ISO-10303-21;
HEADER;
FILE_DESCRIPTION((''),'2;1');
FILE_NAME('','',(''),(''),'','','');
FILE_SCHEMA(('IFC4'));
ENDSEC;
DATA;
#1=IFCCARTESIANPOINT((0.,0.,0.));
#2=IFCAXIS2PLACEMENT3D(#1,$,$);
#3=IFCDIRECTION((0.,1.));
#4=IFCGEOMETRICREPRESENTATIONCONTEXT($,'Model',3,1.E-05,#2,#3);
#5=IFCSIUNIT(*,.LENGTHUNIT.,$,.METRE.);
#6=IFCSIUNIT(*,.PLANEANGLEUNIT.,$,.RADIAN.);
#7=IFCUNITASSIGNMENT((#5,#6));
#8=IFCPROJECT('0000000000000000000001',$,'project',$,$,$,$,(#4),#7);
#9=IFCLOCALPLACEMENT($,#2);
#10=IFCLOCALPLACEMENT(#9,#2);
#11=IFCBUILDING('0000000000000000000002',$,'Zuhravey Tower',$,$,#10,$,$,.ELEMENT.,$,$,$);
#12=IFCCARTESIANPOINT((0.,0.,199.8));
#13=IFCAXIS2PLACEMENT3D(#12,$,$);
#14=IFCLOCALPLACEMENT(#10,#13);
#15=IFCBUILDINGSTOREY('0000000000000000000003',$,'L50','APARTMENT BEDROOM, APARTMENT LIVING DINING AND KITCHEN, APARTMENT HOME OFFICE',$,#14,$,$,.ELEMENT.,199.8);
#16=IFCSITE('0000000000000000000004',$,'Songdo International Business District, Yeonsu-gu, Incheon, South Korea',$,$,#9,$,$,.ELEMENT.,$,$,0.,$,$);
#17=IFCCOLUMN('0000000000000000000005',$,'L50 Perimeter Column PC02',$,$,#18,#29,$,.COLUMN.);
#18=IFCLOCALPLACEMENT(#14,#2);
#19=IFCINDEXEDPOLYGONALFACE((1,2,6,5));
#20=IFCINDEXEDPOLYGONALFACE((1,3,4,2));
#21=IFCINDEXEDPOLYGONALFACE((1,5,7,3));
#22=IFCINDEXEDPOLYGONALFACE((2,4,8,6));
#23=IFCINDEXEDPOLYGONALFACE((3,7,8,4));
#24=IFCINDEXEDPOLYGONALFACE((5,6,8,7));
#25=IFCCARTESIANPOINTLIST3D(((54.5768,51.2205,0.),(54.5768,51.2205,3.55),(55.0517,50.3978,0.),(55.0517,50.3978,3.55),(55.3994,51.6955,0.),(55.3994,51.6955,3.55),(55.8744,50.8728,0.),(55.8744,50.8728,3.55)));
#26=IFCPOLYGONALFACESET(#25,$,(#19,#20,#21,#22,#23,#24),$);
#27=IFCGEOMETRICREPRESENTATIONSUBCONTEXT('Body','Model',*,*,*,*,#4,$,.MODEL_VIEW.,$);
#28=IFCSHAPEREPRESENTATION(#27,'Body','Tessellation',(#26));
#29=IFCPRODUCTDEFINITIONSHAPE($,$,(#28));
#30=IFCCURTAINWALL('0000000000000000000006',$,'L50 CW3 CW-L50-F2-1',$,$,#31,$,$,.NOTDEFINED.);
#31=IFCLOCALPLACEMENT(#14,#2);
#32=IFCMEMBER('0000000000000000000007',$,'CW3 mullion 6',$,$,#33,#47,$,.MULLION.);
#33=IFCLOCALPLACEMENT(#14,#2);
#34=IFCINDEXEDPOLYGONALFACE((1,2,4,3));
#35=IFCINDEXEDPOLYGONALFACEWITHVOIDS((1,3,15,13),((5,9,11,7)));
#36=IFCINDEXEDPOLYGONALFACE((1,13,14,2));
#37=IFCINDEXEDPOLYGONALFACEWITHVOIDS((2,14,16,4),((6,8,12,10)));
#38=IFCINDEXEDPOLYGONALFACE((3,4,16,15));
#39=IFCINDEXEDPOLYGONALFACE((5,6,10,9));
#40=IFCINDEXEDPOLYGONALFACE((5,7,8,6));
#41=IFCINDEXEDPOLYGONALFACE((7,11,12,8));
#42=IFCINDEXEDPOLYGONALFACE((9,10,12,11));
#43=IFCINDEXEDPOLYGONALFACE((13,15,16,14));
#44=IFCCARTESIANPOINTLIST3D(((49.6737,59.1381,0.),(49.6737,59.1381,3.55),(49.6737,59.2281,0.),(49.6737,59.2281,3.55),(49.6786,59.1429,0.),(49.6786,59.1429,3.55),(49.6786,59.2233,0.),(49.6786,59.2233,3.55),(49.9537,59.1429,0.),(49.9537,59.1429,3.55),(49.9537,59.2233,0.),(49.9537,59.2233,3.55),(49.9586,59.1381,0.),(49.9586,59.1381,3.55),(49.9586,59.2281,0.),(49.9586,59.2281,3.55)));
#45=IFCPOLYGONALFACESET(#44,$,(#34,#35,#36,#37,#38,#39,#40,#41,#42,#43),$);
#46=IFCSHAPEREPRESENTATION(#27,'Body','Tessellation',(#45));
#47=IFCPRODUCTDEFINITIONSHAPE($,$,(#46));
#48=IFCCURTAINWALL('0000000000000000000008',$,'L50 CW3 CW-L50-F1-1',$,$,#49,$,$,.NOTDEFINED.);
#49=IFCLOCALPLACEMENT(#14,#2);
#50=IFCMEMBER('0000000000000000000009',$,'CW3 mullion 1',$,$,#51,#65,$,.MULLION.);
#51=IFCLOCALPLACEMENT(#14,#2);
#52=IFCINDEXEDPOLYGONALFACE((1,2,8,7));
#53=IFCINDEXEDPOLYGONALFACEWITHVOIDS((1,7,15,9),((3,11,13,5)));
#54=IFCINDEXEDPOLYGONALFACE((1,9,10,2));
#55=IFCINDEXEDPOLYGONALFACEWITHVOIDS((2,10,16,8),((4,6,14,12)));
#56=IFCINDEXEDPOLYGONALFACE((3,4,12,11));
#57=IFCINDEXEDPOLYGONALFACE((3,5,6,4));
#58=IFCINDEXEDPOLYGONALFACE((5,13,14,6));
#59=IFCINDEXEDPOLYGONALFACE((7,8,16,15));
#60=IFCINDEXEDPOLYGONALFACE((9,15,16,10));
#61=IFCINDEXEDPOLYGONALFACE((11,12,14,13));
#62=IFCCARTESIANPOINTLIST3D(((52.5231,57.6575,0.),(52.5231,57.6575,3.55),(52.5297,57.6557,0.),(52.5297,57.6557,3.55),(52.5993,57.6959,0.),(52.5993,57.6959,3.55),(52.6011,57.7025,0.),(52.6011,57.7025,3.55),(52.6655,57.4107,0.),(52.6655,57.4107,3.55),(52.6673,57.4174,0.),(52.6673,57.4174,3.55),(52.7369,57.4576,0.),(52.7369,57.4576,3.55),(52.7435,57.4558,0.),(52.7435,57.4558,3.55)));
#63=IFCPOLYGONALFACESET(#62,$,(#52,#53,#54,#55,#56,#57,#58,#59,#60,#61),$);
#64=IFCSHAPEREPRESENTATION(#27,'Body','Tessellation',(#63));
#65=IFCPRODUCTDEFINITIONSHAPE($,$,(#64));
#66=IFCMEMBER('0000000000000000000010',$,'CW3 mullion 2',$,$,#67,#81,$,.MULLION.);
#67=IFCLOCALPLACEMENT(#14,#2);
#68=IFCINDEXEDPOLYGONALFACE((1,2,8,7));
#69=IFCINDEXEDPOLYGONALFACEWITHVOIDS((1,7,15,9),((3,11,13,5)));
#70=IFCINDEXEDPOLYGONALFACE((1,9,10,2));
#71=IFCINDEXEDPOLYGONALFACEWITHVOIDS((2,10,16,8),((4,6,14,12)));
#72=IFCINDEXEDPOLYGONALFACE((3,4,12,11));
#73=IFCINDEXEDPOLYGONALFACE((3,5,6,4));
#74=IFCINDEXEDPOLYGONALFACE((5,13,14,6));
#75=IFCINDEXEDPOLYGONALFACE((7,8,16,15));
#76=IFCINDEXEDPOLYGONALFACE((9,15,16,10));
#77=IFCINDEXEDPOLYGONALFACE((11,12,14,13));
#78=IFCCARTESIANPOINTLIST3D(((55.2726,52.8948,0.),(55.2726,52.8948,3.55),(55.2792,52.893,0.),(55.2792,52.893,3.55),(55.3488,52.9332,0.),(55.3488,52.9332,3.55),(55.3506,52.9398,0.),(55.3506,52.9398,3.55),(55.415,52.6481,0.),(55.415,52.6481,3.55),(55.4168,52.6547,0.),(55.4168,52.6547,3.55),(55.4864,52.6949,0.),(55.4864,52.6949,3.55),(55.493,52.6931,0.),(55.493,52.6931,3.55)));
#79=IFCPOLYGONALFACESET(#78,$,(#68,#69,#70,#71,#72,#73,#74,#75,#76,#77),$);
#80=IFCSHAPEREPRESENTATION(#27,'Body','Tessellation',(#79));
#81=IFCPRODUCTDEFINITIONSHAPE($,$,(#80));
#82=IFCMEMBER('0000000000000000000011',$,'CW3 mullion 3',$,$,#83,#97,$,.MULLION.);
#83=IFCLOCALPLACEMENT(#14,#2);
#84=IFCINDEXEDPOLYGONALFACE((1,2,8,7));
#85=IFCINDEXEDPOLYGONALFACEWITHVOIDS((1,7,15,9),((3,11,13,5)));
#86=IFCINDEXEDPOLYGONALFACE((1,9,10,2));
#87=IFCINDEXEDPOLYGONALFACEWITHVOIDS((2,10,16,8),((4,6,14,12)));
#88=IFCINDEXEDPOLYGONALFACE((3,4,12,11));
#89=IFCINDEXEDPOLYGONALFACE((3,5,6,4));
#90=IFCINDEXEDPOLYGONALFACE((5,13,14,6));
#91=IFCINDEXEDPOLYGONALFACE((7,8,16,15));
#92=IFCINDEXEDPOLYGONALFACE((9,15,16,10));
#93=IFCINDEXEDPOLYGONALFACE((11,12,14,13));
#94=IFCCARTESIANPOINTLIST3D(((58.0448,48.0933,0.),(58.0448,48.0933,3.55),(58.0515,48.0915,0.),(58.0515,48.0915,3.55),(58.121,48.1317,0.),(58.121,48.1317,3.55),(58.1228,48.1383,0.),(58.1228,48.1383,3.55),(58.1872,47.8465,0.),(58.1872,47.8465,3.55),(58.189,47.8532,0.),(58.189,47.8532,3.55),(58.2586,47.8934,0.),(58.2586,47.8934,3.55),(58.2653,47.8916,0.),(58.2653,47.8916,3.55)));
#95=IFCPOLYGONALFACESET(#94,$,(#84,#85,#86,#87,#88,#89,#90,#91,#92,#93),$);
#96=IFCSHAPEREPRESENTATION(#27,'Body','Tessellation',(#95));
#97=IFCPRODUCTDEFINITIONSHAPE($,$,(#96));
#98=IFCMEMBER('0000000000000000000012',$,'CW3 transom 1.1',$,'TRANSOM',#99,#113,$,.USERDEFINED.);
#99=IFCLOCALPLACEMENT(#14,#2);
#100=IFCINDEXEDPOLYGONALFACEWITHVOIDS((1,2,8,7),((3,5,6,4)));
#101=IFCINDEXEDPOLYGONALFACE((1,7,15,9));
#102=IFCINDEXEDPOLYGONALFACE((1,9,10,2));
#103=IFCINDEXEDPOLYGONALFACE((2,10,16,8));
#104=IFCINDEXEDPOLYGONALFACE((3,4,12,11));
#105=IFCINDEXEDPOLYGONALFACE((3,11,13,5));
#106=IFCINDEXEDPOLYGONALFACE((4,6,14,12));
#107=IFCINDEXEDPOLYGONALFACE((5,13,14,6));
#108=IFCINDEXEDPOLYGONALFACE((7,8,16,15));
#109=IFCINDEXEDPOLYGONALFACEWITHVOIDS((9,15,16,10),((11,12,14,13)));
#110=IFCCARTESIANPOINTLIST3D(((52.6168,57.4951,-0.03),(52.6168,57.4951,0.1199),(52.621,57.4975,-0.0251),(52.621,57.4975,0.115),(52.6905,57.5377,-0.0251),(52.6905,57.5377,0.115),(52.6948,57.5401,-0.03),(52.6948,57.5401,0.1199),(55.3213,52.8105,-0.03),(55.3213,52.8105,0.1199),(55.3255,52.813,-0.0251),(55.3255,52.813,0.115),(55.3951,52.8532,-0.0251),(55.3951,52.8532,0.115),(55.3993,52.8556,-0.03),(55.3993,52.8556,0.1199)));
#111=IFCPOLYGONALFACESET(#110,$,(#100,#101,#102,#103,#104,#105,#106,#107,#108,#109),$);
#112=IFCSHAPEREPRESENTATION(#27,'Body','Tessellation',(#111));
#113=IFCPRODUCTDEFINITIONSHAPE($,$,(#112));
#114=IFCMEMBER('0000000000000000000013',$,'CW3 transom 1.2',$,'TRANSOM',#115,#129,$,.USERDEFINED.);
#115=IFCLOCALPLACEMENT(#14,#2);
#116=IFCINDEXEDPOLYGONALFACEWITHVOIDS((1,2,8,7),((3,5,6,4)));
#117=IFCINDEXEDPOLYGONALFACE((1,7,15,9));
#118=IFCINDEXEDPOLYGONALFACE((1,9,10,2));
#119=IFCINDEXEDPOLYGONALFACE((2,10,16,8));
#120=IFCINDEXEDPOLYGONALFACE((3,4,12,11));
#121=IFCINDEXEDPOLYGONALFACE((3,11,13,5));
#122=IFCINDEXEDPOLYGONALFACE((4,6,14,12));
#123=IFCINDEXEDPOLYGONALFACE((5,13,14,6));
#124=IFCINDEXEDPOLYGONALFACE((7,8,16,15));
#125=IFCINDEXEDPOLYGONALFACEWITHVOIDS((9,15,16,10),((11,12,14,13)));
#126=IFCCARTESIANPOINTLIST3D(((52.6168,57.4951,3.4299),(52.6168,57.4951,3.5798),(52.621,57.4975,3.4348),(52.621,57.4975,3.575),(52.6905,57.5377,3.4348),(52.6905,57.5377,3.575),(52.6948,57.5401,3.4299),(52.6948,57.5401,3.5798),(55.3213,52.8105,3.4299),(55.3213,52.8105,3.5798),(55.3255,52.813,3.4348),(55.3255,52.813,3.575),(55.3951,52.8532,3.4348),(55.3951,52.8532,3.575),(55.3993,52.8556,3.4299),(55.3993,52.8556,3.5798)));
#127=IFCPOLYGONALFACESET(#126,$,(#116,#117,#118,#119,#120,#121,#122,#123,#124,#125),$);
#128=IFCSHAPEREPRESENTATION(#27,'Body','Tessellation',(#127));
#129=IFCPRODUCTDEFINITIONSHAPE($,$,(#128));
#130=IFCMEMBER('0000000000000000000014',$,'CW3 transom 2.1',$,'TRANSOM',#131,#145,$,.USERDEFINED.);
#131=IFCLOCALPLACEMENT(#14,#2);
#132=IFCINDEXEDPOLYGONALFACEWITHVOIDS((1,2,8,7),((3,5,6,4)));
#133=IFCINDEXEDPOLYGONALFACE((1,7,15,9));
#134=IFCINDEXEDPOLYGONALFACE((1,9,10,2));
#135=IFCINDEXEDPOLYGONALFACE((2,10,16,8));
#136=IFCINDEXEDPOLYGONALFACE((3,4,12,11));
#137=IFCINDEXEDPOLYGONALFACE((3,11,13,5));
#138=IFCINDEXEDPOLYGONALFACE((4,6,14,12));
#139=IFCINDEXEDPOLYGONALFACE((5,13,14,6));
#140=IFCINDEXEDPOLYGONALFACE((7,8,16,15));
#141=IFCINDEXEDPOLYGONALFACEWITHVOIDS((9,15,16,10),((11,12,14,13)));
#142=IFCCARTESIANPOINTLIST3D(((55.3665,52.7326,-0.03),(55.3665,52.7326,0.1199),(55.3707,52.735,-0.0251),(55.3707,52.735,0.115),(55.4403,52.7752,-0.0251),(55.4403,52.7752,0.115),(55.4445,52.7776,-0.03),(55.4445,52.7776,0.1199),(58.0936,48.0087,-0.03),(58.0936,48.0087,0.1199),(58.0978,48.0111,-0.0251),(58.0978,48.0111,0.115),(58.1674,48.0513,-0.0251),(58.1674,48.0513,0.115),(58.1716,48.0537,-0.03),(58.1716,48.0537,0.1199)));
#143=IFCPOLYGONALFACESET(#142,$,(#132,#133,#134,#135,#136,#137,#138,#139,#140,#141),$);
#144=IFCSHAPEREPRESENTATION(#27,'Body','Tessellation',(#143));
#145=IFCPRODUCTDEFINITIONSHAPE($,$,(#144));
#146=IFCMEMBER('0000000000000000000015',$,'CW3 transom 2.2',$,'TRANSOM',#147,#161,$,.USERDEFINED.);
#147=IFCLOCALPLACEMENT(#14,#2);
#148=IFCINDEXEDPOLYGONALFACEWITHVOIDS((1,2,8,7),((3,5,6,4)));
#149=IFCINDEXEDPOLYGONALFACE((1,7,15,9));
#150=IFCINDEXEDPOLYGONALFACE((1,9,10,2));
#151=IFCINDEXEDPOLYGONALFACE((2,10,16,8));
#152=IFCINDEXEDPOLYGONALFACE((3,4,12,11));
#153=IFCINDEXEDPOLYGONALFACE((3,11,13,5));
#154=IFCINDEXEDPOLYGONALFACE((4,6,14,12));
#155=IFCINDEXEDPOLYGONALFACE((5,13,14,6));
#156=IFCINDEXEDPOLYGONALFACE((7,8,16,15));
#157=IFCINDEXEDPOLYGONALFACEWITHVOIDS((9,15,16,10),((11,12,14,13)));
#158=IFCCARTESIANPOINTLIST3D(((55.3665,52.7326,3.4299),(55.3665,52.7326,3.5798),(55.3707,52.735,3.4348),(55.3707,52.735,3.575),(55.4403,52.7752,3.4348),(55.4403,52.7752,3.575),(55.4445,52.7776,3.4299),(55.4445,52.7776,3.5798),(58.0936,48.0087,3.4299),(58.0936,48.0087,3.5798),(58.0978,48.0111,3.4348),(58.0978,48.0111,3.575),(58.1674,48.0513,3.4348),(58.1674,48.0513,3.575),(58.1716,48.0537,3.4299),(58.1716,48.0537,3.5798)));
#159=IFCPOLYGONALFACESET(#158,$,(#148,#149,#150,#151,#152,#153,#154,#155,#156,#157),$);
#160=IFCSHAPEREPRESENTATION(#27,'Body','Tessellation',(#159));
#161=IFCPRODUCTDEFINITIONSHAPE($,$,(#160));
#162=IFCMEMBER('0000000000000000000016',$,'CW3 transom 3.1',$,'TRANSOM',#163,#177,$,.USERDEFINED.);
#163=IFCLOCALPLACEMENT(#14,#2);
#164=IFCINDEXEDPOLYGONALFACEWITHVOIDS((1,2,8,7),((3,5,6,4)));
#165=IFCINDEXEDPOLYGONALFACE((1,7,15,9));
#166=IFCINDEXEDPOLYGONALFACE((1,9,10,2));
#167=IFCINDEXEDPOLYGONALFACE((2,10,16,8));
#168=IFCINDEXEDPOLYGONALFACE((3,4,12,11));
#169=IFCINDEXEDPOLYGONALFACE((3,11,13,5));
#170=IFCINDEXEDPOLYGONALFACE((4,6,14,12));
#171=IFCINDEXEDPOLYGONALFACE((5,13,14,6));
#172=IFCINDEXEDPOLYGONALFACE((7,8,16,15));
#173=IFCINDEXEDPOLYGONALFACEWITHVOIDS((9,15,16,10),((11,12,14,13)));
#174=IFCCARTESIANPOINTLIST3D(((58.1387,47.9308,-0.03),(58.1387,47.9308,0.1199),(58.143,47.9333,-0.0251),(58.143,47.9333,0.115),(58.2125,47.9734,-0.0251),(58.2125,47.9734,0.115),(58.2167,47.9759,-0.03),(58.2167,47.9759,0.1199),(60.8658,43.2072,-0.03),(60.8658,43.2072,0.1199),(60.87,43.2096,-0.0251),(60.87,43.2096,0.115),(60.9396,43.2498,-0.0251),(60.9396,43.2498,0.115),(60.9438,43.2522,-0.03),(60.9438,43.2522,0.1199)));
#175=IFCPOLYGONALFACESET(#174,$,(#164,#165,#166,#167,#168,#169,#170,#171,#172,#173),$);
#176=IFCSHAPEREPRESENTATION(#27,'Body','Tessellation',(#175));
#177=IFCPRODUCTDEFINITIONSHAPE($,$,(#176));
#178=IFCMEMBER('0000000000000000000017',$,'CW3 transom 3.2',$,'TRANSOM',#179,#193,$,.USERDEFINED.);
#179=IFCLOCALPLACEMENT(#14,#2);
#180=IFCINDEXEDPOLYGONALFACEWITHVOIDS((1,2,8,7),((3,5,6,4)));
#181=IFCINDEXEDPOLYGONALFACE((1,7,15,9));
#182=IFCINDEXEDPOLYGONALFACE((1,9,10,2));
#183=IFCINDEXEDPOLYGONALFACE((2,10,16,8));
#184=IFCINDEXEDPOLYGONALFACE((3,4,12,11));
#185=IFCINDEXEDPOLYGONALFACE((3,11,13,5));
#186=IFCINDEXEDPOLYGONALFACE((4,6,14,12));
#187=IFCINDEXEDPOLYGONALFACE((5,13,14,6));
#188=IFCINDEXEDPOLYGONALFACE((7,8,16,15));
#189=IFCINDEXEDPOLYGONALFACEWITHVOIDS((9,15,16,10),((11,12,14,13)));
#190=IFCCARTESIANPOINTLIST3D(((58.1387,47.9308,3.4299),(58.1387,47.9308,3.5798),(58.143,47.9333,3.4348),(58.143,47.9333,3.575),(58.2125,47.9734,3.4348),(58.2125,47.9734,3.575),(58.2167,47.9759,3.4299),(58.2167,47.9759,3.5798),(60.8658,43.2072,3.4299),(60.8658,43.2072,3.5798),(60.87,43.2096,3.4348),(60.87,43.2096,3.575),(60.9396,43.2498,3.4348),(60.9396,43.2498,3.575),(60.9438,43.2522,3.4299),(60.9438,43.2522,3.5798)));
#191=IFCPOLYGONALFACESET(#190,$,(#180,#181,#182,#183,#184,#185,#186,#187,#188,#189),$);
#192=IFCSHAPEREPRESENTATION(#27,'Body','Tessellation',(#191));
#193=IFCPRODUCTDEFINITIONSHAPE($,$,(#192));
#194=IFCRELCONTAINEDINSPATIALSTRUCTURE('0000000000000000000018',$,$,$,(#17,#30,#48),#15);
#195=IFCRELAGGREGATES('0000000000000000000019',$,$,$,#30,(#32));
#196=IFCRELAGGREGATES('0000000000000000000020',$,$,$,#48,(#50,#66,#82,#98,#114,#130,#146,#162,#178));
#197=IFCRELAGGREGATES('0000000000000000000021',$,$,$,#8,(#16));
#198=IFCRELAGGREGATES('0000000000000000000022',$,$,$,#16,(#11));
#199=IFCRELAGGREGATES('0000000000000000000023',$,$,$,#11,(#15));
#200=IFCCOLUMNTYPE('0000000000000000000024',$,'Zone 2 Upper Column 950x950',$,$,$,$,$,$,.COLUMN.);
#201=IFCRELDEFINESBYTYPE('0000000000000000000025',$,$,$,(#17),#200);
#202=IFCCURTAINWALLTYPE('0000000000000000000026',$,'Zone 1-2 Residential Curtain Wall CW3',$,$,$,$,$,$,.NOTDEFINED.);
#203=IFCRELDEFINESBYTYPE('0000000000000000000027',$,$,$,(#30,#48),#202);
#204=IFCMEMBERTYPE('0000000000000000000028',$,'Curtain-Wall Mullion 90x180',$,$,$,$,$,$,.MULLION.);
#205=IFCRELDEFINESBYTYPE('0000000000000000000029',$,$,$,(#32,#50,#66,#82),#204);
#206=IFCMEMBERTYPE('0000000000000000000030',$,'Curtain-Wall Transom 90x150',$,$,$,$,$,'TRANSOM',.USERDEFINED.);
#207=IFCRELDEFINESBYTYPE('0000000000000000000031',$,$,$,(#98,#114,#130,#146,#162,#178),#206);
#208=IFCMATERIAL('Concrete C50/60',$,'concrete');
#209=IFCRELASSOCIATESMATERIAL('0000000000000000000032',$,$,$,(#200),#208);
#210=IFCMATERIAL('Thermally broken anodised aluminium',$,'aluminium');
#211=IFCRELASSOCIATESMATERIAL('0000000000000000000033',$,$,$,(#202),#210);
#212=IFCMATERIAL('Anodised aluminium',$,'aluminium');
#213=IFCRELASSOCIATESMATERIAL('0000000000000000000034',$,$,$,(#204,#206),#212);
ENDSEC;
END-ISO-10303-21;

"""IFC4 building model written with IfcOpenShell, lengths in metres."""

from ifc_helpers import new_model, si_unit, direction, frame, origin, origin_2d, place, context, subcontext, project, spatial, rectangle, hollow_rectangle, extrude, material, material_profile, profile_set, type_object, element, aggregate, save


model = new_model("IFC4")

# Units and contexts
model_context = context("Model", 3, precision=1e-05, world=origin(), true_north=direction((0.0, 1.0)))
body_context = subcontext(model_context, "Body", "Model", "MODEL_VIEW")
ifc_project = project(units=[si_unit("LENGTHUNIT", "METRE"), si_unit("PLANEANGLEUNIT", "RADIAN")], contexts=[model_context])

# Site, building, storey
site_placement = place(None, origin())
site = spatial("IfcSite", under=ifc_project, at=site_placement, Name="Songdo International Business District, Yeonsu-gu, Incheon, South Korea", CompositionType="ELEMENT", RefElevation=0.0)
building_placement = place(site_placement, origin())
building = spatial("IfcBuilding", under=site, at=building_placement, Name="Zuhravey Tower", CompositionType="ELEMENT")
storey_placement = place(building_placement, frame((0.0, 0.0, 199.8)))
storey = spatial("IfcBuildingStorey", under=building, at=storey_placement, Name="L50", Description="APARTMENT BEDROOM, APARTMENT LIVING DINING AND KITCHEN, APARTMENT HOME OFFICE", CompositionType="ELEMENT", Elevation=199.8)

# Column
ifc_material_1 = material(Name="Concrete C50/60", Category="concrete")
ifc_material_profile_1 = material_profile(ifc_material_1, rectangle(XDim=0.95, YDim=0.95, at=origin_2d()), Name="RC-950x950")
ifc_profile_set_1 = profile_set([ifc_material_profile_1], Name="Concrete C50/60")
column_type = type_object("IfcColumnType", Name="Zone 2 Upper Column 950x950", PredefinedType="COLUMN", material=ifc_profile_set_1)
column_placement = place(storey_placement, frame((55.2256, 51.0466, 0.0), z_axis=(0.0, 0.0, 1.0), x_axis=(-0.5, 0.866025, 0.0)))
element("IfcColumn", 1, at=column_placement, inside=storey, type_object=column_type, Name="L50 Perimeter Column PC02", PredefinedType="COLUMN", context=body_context, shape_type="SweptSolid", body=[
    extrude(rectangle(XDim=0.95, YDim=0.95, at=origin_2d()), origin(), (0.0, 0.0, 1.0), 3.55),
])

# Curtain wall, member
ifc_material_2 = material(Name="Thermally broken anodised aluminium", Category="aluminium")
curtain_wall_type = type_object("IfcCurtainWallType", Name="Zone 1-2 Residential Curtain Wall CW3", PredefinedType="NOTDEFINED", material=ifc_material_2)
curtain_wall_1_placement = place(storey_placement, origin())
curtain_wall_1 = element("IfcCurtainWall", 2, at=curtain_wall_1_placement, inside=storey, type_object=curtain_wall_type, Name="L50 CW3 CW-L50-F2-1", PredefinedType="NOTDEFINED")
ifc_material_3 = material(Name="Anodised aluminium", Category="aluminium")
ifc_material_profile_2 = material_profile(ifc_material_3, hollow_rectangle(XDim=0.0901, YDim=0.2849, WallThickness=0.0049, at=origin_2d()), Name="ALU-RHS-90x285x5")
ifc_profile_set_2 = profile_set([ifc_material_profile_2], Name="Anodised aluminium")
member_type_1 = type_object("IfcMemberType", Name="Curtain-Wall Mullion 90x180", PredefinedType="MULLION", material=ifc_profile_set_2)
member_1_placement = place(storey_placement, frame((49.8162, 59.1831, 0.0), z_axis=(0.0, 0.0, 1.0), x_axis=(0.0, 1.0, 0.0)))
member_1 = element("IfcMember", 3, at=member_1_placement, type_object=member_type_1, Name="CW3 mullion 6", PredefinedType="MULLION", context=body_context, shape_type="SweptSolid", body=[
    extrude(hollow_rectangle(XDim=0.0901, YDim=0.2849, WallThickness=0.0049, at=origin_2d()), origin(), (0.0, 0.0, 1.0), 3.55),
])
aggregate(curtain_wall_1, [member_1])

# Curtain wall, members
curtain_wall_2_placement = place(storey_placement, origin())
curtain_wall_2 = element("IfcCurtainWall", 4, at=curtain_wall_2_placement, inside=storey, type_object=curtain_wall_type, Name="L50 CW3 CW-L50-F1-1", PredefinedType="NOTDEFINED")
member_2_placement = place(storey_placement, frame((52.6333, 57.5566, 0.0), z_axis=(0.0, 0.0, 1.0), x_axis=(0.866025, 0.5, 0.0)))
member_2 = element("IfcMember", 5, at=member_2_placement, type_object=member_type_1, Name="CW3 mullion 1", PredefinedType="MULLION", context=body_context, shape_type="SweptSolid", body=[
    extrude(hollow_rectangle(XDim=0.0901, YDim=0.2849, WallThickness=0.0049, at=origin_2d()), origin(), (0.0, 0.0, 1.0), 3.55),
])
member_3_placement = place(storey_placement, frame((55.3828, 52.7939, 0.0), z_axis=(0.0, 0.0, 1.0), x_axis=(0.866025, 0.5, 0.0)))
member_3 = element("IfcMember", 6, at=member_3_placement, type_object=member_type_1, Name="CW3 mullion 2", PredefinedType="MULLION", context=body_context, shape_type="SweptSolid", body=[
    extrude(hollow_rectangle(XDim=0.0901, YDim=0.2849, WallThickness=0.0049, at=origin_2d()), origin(), (0.0, 0.0, 1.0), 3.55),
])
member_4_placement = place(storey_placement, frame((58.155, 47.9924, 0.0), z_axis=(0.0, 0.0, 1.0), x_axis=(0.866025, 0.5, 0.0)))
member_4 = element("IfcMember", 7, at=member_4_placement, type_object=member_type_1, Name="CW3 mullion 3", PredefinedType="MULLION", context=body_context, shape_type="SweptSolid", body=[
    extrude(hollow_rectangle(XDim=0.0901, YDim=0.2849, WallThickness=0.0049, at=origin_2d()), origin(), (0.0, 0.0, 1.0), 3.55),
])
ifc_material_profile_3 = material_profile(ifc_material_3, hollow_rectangle(XDim=0.0901, YDim=0.1499, WallThickness=0.0049, at=origin_2d()), Name="ALU-RHS-90x150x5")
ifc_profile_set_3 = profile_set([ifc_material_profile_3], Name="Anodised aluminium")
member_type_2 = type_object("IfcMemberType", Name="Curtain-Wall Transom 90x150", ElementType="TRANSOM", PredefinedType="USERDEFINED", material=ifc_profile_set_3)
member_5_placement = place(storey_placement, frame((52.6558, 57.5176, 0.0449), z_axis=(0.499993, -0.866029, 0.0), x_axis=(0.866029, 0.499993, 0.0)))
member_5 = element("IfcMember", 8, at=member_5_placement, type_object=member_type_2, Name="CW3 transom 1.1", ObjectType="TRANSOM", PredefinedType="USERDEFINED", context=body_context, shape_type="SweptSolid", body=[
    extrude(hollow_rectangle(XDim=0.0901, YDim=0.1499, WallThickness=0.0049, at=origin_2d()), origin(), (0.0, 0.0, 1.0), 5.4092),
])
member_6_placement = place(storey_placement, frame((52.6558, 57.5176, 3.5049), z_axis=(0.499993, -0.866029, 0.0), x_axis=(0.866029, 0.499993, 0.0)))
member_6 = element("IfcMember", 9, at=member_6_placement, type_object=member_type_2, Name="CW3 transom 1.2", ObjectType="TRANSOM", PredefinedType="USERDEFINED", context=body_context, shape_type="SweptSolid", body=[
    extrude(hollow_rectangle(XDim=0.0901, YDim=0.1499, WallThickness=0.0049, at=origin_2d()), origin(), (0.0, 0.0, 1.0), 5.4092),
])
member_7_placement = place(storey_placement, frame((55.4055, 52.7551, 0.0449), z_axis=(0.499961, -0.866048, 0.0), x_axis=(0.866048, 0.499961, 0.0)))
member_7 = element("IfcMember", 10, at=member_7_placement, type_object=member_type_2, Name="CW3 transom 2.1", ObjectType="TRANSOM", PredefinedType="USERDEFINED", context=body_context, shape_type="SweptSolid", body=[
    extrude(hollow_rectangle(XDim=0.0901, YDim=0.1499, WallThickness=0.0049, at=origin_2d()), origin(), (0.0, 0.0, 1.0), 5.4546),
])
member_8_placement = place(storey_placement, frame((55.4055, 52.7551, 3.5049), z_axis=(0.499961, -0.866048, 0.0), x_axis=(0.866048, 0.499961, 0.0)))
member_8 = element("IfcMember", 11, at=member_8_placement, type_object=member_type_2, Name="CW3 transom 2.2", ObjectType="TRANSOM", PredefinedType="USERDEFINED", context=body_context, shape_type="SweptSolid", body=[
    extrude(hollow_rectangle(XDim=0.0901, YDim=0.1499, WallThickness=0.0049, at=origin_2d()), origin(), (0.0, 0.0, 1.0), 5.4546),
])
member_9_placement = place(storey_placement, frame((58.1777, 47.9534, 0.0449), z_axis=(0.499981, -0.866037, 0.0), x_axis=(0.866037, 0.499981, 0.0)))
member_9 = element("IfcMember", 12, at=member_9_placement, type_object=member_type_2, Name="CW3 transom 3.1", ObjectType="TRANSOM", PredefinedType="USERDEFINED", context=body_context, shape_type="SweptSolid", body=[
    extrude(hollow_rectangle(XDim=0.0901, YDim=0.1499, WallThickness=0.0049, at=origin_2d()), origin(), (0.0, 0.0, 1.0), 5.4543),
])
member_10_placement = place(storey_placement, frame((58.1777, 47.9534, 3.5049), z_axis=(0.499981, -0.866037, 0.0), x_axis=(0.866037, 0.499981, 0.0)))
member_10 = element("IfcMember", 13, at=member_10_placement, type_object=member_type_2, Name="CW3 transom 3.2", ObjectType="TRANSOM", PredefinedType="USERDEFINED", context=body_context, shape_type="SweptSolid", body=[
    extrude(hollow_rectangle(XDim=0.0901, YDim=0.1499, WallThickness=0.0049, at=origin_2d()), origin(), (0.0, 0.0, 1.0), 5.4543),
])

aggregate(curtain_wall_2, [member_2, member_3, member_4, member_5, member_6, member_7, member_8, member_9, member_10])

save(model, "model.ifc")
